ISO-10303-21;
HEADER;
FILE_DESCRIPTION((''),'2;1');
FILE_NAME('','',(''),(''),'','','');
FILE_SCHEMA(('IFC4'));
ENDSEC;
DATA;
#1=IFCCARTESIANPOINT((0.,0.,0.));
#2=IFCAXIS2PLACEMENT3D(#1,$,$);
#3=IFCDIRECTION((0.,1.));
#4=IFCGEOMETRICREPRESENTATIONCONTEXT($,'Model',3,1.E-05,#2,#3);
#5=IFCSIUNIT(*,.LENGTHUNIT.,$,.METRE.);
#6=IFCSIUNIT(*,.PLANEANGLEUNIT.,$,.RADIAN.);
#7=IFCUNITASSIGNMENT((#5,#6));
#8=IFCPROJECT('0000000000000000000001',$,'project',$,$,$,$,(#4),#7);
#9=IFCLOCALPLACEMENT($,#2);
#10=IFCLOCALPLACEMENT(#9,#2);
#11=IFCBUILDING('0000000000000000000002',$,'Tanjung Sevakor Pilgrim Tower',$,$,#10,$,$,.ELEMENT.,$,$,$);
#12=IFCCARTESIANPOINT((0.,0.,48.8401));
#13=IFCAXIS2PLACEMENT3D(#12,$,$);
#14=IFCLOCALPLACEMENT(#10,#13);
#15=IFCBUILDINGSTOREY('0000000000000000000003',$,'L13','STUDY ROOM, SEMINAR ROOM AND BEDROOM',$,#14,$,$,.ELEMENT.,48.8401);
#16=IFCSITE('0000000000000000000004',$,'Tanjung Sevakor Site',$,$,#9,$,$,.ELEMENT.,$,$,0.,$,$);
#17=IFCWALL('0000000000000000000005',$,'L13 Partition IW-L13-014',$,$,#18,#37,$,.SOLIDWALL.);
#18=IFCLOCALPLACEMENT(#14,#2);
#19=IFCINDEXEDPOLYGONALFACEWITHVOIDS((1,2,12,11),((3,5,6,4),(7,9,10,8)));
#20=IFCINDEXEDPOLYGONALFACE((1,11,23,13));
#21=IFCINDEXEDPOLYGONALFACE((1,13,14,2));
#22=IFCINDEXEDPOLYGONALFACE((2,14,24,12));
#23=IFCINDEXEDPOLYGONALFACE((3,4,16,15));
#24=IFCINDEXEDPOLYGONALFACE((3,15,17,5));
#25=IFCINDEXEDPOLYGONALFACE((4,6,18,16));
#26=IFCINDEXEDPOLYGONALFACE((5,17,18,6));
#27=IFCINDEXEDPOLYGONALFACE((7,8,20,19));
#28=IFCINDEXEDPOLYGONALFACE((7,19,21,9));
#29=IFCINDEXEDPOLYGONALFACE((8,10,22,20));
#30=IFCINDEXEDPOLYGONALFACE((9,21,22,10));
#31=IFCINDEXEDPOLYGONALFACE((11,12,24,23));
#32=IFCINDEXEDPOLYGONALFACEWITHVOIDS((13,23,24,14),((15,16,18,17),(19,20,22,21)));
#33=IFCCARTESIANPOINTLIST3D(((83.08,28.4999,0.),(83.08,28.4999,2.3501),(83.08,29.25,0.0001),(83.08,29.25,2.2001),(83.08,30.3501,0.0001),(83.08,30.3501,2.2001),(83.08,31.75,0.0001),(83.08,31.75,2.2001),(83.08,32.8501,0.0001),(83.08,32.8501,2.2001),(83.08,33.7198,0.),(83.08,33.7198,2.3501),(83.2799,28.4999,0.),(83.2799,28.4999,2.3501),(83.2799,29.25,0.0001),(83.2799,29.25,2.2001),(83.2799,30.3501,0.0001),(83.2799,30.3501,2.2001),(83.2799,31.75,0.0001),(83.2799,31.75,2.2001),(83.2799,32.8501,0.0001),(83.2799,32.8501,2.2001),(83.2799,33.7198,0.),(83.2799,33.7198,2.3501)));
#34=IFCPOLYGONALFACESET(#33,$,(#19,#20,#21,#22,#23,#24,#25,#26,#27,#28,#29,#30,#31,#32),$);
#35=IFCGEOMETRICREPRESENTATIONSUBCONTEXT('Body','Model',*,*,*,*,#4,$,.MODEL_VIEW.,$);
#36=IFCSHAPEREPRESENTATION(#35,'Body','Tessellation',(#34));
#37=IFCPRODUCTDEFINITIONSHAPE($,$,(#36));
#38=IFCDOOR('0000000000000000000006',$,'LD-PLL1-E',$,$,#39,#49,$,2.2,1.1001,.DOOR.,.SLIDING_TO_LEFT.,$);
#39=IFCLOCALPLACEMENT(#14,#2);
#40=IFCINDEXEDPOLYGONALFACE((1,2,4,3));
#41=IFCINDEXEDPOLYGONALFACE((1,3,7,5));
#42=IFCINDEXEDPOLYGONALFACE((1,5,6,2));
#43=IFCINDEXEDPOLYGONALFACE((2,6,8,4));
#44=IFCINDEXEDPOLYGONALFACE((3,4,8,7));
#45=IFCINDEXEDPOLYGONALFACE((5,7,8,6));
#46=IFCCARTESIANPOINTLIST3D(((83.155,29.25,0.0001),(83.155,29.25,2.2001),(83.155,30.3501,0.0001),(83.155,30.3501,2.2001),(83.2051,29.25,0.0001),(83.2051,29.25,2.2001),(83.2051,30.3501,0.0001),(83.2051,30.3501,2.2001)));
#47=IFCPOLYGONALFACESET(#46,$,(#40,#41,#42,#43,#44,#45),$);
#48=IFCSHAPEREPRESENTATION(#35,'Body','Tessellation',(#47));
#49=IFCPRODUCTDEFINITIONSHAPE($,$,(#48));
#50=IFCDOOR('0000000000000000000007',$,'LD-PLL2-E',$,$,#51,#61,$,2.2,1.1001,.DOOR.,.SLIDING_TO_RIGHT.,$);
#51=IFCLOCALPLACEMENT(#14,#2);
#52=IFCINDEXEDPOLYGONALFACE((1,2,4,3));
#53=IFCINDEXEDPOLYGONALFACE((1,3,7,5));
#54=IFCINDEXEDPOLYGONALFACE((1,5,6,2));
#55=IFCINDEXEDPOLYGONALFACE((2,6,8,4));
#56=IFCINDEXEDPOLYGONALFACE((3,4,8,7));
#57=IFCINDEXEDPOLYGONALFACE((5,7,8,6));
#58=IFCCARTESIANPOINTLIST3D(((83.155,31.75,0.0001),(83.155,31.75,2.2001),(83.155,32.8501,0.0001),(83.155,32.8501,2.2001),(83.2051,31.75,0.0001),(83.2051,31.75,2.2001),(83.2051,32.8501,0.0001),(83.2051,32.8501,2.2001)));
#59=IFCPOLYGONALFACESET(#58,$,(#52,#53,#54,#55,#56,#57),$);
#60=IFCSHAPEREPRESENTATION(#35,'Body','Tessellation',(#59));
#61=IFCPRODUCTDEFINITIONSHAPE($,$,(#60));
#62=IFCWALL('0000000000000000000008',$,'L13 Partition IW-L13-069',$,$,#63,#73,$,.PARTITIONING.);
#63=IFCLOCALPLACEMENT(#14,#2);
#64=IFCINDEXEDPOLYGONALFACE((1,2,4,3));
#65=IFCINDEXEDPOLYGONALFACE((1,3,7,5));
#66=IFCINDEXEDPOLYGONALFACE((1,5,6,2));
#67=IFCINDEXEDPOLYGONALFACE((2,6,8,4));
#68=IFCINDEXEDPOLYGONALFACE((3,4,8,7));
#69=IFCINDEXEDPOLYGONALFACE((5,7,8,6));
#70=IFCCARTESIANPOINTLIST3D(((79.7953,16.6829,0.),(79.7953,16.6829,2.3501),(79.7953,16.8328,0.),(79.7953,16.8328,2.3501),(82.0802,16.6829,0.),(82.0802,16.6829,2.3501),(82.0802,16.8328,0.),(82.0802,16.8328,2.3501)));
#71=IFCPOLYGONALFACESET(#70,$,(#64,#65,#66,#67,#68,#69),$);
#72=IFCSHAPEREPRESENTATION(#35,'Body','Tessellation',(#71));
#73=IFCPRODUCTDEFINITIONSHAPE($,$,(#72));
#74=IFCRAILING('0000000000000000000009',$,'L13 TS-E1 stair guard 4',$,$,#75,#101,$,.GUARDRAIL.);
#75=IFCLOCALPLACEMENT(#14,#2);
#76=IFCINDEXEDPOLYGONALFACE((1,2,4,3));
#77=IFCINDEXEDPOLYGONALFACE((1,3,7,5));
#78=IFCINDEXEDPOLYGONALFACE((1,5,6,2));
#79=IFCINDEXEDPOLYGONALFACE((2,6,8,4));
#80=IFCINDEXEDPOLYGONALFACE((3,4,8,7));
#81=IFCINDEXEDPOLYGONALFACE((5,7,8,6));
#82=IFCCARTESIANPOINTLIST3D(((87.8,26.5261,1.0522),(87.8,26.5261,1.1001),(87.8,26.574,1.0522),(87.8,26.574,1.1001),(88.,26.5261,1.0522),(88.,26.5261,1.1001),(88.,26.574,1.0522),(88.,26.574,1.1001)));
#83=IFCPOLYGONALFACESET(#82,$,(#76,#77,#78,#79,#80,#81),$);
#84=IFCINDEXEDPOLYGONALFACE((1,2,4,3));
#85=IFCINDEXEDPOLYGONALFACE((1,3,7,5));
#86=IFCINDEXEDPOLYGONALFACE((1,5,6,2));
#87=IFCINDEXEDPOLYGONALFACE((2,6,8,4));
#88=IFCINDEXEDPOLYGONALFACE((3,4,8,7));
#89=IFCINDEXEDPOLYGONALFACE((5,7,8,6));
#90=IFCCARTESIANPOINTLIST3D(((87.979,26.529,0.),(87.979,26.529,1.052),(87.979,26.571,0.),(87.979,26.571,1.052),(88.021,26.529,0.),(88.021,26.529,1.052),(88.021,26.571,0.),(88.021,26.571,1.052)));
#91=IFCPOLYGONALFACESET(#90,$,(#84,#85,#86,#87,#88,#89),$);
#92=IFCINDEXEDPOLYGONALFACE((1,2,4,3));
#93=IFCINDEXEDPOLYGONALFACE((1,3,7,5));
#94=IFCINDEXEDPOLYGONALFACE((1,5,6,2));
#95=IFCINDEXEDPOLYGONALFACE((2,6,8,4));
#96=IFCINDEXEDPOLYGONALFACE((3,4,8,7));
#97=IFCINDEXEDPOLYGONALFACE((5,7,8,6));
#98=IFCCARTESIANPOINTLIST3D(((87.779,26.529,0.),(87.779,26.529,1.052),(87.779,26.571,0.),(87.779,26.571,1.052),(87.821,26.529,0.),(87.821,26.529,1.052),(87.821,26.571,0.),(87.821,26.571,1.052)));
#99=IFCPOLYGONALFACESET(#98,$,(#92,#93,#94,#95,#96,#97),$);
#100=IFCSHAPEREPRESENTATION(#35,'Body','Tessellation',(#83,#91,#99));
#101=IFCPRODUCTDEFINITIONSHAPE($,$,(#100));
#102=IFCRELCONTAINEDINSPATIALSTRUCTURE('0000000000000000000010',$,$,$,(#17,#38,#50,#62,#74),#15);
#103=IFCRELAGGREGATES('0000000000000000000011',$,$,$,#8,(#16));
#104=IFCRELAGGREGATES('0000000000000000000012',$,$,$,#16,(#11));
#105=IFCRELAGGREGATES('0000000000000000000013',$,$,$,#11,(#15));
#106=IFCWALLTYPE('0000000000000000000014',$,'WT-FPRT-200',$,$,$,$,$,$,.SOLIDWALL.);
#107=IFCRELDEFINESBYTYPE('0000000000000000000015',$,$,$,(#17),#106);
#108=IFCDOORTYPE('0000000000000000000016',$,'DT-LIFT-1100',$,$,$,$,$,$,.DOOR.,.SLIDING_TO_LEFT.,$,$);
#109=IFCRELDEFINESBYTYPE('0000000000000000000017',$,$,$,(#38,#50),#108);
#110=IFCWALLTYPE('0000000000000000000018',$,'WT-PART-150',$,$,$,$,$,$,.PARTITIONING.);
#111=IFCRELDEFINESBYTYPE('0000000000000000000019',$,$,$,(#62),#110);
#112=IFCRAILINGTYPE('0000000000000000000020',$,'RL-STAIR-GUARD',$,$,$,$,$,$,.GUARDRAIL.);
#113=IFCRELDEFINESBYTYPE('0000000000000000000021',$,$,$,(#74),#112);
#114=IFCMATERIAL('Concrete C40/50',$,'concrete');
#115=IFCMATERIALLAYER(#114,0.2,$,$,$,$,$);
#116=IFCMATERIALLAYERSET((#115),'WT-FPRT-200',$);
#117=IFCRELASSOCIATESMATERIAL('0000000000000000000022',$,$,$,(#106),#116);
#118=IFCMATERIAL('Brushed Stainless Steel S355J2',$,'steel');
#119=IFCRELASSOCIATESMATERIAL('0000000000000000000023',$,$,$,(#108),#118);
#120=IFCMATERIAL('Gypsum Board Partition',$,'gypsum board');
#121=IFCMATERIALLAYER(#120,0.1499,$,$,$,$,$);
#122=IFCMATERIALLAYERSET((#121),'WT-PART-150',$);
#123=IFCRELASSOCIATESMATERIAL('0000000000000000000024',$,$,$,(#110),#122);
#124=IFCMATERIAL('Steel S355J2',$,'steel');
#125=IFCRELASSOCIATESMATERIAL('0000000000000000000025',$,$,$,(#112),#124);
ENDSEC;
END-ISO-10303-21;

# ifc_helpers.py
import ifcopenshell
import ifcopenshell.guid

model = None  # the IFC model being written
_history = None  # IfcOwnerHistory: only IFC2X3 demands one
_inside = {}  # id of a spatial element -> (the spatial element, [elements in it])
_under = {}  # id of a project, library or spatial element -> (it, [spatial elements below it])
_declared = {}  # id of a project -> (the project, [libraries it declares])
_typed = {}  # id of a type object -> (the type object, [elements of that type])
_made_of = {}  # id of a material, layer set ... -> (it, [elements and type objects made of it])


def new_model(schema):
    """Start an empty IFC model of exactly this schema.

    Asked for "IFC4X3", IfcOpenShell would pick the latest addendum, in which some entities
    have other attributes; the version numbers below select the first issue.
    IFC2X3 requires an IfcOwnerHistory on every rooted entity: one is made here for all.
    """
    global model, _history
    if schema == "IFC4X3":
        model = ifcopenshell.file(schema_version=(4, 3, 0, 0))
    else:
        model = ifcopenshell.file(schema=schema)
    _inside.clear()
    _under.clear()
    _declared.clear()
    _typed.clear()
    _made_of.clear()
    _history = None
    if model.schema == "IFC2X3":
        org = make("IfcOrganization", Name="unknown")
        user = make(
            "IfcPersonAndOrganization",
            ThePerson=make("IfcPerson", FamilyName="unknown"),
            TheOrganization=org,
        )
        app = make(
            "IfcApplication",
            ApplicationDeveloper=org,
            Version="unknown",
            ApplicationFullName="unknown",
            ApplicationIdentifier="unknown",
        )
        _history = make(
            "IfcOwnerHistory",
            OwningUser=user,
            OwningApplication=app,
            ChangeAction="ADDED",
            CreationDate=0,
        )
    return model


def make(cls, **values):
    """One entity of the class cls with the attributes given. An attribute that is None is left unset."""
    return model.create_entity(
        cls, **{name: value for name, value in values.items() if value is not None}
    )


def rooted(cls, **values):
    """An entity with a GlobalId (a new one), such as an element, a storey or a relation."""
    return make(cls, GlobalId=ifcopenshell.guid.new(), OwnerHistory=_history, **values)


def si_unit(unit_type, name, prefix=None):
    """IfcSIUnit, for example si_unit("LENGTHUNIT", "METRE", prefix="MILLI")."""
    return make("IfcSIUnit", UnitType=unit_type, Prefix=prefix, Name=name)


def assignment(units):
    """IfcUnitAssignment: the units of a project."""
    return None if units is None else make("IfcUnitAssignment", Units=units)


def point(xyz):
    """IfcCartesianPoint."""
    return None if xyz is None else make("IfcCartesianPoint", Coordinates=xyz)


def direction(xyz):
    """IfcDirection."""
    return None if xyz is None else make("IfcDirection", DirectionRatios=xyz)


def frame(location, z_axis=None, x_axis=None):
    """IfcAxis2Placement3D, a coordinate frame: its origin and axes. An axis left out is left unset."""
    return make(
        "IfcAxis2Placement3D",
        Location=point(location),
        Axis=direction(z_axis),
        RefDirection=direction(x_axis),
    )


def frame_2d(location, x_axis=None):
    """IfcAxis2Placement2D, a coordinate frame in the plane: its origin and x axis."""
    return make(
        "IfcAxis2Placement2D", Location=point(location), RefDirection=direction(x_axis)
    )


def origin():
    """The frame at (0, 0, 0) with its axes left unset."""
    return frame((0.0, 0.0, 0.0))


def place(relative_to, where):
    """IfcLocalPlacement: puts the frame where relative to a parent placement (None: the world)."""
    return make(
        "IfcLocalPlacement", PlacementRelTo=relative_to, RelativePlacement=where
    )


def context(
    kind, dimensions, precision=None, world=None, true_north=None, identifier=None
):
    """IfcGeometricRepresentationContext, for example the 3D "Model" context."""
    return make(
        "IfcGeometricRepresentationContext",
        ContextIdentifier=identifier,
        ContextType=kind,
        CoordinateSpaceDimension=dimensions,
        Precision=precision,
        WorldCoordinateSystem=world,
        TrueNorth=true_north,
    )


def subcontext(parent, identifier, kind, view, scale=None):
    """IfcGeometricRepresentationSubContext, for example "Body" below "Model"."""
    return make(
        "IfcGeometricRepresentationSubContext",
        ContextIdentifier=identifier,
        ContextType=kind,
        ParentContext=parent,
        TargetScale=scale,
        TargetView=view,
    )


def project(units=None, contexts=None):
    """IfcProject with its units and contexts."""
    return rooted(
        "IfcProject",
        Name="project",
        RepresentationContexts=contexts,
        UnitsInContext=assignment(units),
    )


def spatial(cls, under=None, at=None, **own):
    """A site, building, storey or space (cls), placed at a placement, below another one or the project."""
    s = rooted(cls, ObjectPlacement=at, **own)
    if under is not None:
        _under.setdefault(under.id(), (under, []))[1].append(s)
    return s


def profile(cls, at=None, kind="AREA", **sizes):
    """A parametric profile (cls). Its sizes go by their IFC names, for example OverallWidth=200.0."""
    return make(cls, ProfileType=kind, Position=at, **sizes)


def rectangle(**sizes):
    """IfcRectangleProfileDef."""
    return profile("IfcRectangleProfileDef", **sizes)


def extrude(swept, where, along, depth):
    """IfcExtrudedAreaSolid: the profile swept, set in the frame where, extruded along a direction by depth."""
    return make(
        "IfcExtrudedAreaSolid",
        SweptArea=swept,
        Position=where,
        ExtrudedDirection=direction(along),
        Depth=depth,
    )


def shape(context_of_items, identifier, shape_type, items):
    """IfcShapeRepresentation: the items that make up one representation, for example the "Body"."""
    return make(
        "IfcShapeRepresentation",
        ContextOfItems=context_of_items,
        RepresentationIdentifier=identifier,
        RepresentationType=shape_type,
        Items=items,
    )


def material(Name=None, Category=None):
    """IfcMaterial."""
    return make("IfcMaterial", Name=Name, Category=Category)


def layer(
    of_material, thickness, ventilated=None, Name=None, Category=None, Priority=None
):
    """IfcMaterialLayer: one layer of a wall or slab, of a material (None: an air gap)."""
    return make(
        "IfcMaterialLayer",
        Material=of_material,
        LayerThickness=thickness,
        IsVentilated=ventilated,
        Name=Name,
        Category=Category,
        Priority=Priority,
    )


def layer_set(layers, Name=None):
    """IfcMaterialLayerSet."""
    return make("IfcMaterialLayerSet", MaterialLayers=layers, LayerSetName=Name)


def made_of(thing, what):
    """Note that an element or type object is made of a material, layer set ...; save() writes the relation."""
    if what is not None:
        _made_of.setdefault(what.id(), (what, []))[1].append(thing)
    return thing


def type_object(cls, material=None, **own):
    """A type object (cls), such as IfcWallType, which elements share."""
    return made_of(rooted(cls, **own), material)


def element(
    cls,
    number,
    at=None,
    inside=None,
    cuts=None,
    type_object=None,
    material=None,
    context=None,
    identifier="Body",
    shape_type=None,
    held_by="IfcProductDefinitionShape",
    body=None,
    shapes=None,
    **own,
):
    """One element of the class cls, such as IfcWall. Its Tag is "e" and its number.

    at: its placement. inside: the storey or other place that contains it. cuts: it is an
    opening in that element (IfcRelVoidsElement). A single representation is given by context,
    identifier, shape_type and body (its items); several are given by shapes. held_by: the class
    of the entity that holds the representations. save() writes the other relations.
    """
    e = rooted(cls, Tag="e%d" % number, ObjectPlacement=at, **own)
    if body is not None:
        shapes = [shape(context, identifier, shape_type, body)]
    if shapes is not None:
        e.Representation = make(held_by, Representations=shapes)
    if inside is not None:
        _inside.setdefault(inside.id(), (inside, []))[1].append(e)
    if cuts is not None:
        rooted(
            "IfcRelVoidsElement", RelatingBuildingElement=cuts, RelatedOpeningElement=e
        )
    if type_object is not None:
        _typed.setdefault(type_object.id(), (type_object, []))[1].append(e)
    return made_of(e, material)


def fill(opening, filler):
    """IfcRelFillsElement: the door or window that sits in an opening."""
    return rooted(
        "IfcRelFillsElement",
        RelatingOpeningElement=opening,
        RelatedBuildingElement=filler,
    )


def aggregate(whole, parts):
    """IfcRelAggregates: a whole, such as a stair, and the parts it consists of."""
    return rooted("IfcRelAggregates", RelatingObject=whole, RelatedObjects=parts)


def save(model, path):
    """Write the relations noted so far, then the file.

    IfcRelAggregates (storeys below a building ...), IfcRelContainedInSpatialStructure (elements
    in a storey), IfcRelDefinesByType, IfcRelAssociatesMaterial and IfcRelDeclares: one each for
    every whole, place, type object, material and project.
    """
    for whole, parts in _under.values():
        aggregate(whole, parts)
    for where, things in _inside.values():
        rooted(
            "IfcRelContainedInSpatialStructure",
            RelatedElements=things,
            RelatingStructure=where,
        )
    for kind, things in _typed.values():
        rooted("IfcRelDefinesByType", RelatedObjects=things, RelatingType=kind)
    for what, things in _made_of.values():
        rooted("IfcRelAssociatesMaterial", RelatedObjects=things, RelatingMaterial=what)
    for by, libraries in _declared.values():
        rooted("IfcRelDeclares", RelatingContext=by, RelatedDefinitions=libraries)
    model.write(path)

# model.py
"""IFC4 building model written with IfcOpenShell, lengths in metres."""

from ifc_helpers import new_model, si_unit, direction, frame, frame_2d, origin, place, context, subcontext, project, spatial, rectangle, extrude, material, layer, layer_set, type_object, element, fill, save


model = new_model("IFC4")

# Units and contexts
model_context = context("Model", 3, precision=1e-05, world=origin(), true_north=direction((0.0, 1.0)))
body_context = subcontext(model_context, "Body", "Model", "MODEL_VIEW")
ifc_project = project(units=[si_unit("LENGTHUNIT", "METRE"), si_unit("PLANEANGLEUNIT", "RADIAN")], contexts=[model_context])

# Site, building, storey
site_placement = place(None, origin())
site = spatial("IfcSite", under=ifc_project, at=site_placement, Name="Tanjung Sevakor Site", CompositionType="ELEMENT", RefElevation=0.0)
building_placement = place(site_placement, origin())
building = spatial("IfcBuilding", under=site, at=building_placement, Name="Tanjung Sevakor Pilgrim Tower", CompositionType="ELEMENT")
storey_placement = place(building_placement, frame((0.0, 0.0, 48.8401)))
storey = spatial("IfcBuildingStorey", under=building, at=storey_placement, Name="L13", Description="STUDY ROOM, SEMINAR ROOM AND BEDROOM", CompositionType="ELEMENT", Elevation=48.8401)

# Shared definitions
ifc_material_1 = material(Name="Concrete C40/50", Category="concrete")
ifc_layer_1 = layer(ifc_material_1, 0.2)
ifc_layer_set_1 = layer_set([ifc_layer_1], Name="WT-FPRT-200")
wall_type_1 = type_object("IfcWallType", Name="WT-FPRT-200", PredefinedType="SOLIDWALL", material=ifc_layer_set_1)
ifc_material_2 = material(Name="Brushed Stainless Steel S355J2", Category="steel")
door_type_1 = type_object("IfcDoorType", Name="DT-LIFT-1100", OperationType="SLIDING_TO_LEFT", PredefinedType="DOOR", material=ifc_material_2)

# Wall, openings, doors
wall_1_placement = place(storey_placement, frame((83.1799, 28.5, 0.0), z_axis=(0.0, 0.0, 1.0), x_axis=(0.0, 1.0, 0.0)))
wall_1 = element("IfcWall", 1, at=wall_1_placement, inside=storey, type_object=wall_type_1, Name="L13 Partition IW-L13-014", PredefinedType="SOLIDWALL", context=body_context, shape_type="SweptSolid", body=[
    extrude(rectangle(XDim=5.22, YDim=0.2, at=frame_2d((2.6099, 0.0))), origin(), (0.0, 0.0, 1.0), 2.3501),
])
opening_1_placement = place(wall_1_placement, frame((0.75, 0.0, 0.0)))
opening_1 = element("IfcOpeningElement", 2, at=opening_1_placement, cuts=wall_1, PredefinedType="OPENING", context=body_context, shape_type="SweptSolid", body=[
    extrude(rectangle(XDim=1.1001, YDim=2.2, at=frame_2d((0.55, 1.1001))), frame((0.0, 0.1099, 0.0), z_axis=(0.0, -1.0, 0.0), x_axis=(1.0, 0.0, 0.0)), (0.0, 0.0, 1.0), 0.22),
])
opening_2_placement = place(wall_1_placement, frame((3.25, 0.0, 0.0)))
opening_2 = element("IfcOpeningElement", 3, at=opening_2_placement, cuts=wall_1, PredefinedType="OPENING", context=body_context, shape_type="SweptSolid", body=[
    extrude(rectangle(XDim=1.1001, YDim=2.2, at=frame_2d((0.55, 1.1001))), frame((0.0, 0.1099, 0.0), z_axis=(0.0, -1.0, 0.0), x_axis=(1.0, 0.0, 0.0)), (0.0, 0.0, 1.0), 0.22),
])
door_1_placement = place(opening_1_placement, origin())
door_1 = element("IfcDoor", 4, at=door_1_placement, inside=storey, type_object=door_type_1, Name="LD-PLL1-E", OperationType="SLIDING_TO_LEFT", OverallHeight=2.2, OverallWidth=1.1001, PredefinedType="DOOR", context=body_context, shape_type="SweptSolid", body=[
    extrude(rectangle(XDim=1.1001, YDim=2.2, at=frame_2d((0.55, 1.1001))), frame((0.0, 0.0249, 0.0), z_axis=(0.0, -1.0, 0.0), x_axis=(1.0, 0.0, 0.0)), (0.0, 0.0, 1.0), 0.05),
])
fill(opening_1, door_1)
door_2_placement = place(opening_2_placement, origin())
door_2 = element("IfcDoor", 5, at=door_2_placement, inside=storey, type_object=door_type_1, Name="LD-PLL2-E", OperationType="SLIDING_TO_RIGHT", OverallHeight=2.2, OverallWidth=1.1001, PredefinedType="DOOR", context=body_context, shape_type="SweptSolid", body=[
    extrude(rectangle(XDim=1.1001, YDim=2.2, at=frame_2d((0.55, 1.1001))), frame((0.0, 0.0249, 0.0), z_axis=(0.0, -1.0, 0.0), x_axis=(1.0, 0.0, 0.0)), (0.0, 0.0, 1.0), 0.05),
])
fill(opening_2, door_2)

# Wall
ifc_material_3 = material(Name="Gypsum Board Partition", Category="gypsum board")
ifc_layer_2 = layer(ifc_material_3, 0.1499)
ifc_layer_set_2 = layer_set([ifc_layer_2], Name="WT-PART-150")
wall_type_2 = type_object("IfcWallType", Name="WT-PART-150", PredefinedType="PARTITIONING", material=ifc_layer_set_2)
wall_2_placement = place(storey_placement, frame((79.7952, 16.7578, 0.0), z_axis=(0.0, 0.0, 1.0), x_axis=(1.0, 0.0, 0.0)))
element("IfcWall", 6, at=wall_2_placement, inside=storey, type_object=wall_type_2, Name="L13 Partition IW-L13-069", PredefinedType="PARTITIONING", context=body_context, shape_type="SweptSolid", body=[
    extrude(rectangle(XDim=2.2849, YDim=0.1499, at=frame_2d((1.1426, 0.0))), origin(), (0.0, 0.0, 1.0), 2.3501),
])

# Railing
ifc_material_4 = material(Name="Steel S355J2", Category="steel")
railing_type = type_object("IfcRailingType", Name="RL-STAIR-GUARD", PredefinedType="GUARDRAIL", material=ifc_material_4)
railing_placement = place(storey_placement, frame((88.0, 26.55, 0.0)))
element("IfcRailing", 7, at=railing_placement, inside=storey, type_object=railing_type, Name="L13 TS-E1 stair guard 4", PredefinedType="GUARDRAIL", context=body_context, shape_type="SweptSolid", body=[
    extrude(rectangle(XDim=0.0479, YDim=0.0479), frame((0.0, 0.0, 1.0762), z_axis=(-1.0, 0.0, 0.0), x_axis=(0.0, -1.0, 0.0)), (0.0, 0.0, 1.0), 0.2),
    extrude(rectangle(XDim=0.042, YDim=0.042), origin(), (0.0, 0.0, 1.0), 1.052),
    extrude(rectangle(XDim=0.042, YDim=0.042), frame((-0.2, 0.0, 0.0)), (0.0, 0.0, 1.0), 1.052),
])

save(model, "model.ifc")
